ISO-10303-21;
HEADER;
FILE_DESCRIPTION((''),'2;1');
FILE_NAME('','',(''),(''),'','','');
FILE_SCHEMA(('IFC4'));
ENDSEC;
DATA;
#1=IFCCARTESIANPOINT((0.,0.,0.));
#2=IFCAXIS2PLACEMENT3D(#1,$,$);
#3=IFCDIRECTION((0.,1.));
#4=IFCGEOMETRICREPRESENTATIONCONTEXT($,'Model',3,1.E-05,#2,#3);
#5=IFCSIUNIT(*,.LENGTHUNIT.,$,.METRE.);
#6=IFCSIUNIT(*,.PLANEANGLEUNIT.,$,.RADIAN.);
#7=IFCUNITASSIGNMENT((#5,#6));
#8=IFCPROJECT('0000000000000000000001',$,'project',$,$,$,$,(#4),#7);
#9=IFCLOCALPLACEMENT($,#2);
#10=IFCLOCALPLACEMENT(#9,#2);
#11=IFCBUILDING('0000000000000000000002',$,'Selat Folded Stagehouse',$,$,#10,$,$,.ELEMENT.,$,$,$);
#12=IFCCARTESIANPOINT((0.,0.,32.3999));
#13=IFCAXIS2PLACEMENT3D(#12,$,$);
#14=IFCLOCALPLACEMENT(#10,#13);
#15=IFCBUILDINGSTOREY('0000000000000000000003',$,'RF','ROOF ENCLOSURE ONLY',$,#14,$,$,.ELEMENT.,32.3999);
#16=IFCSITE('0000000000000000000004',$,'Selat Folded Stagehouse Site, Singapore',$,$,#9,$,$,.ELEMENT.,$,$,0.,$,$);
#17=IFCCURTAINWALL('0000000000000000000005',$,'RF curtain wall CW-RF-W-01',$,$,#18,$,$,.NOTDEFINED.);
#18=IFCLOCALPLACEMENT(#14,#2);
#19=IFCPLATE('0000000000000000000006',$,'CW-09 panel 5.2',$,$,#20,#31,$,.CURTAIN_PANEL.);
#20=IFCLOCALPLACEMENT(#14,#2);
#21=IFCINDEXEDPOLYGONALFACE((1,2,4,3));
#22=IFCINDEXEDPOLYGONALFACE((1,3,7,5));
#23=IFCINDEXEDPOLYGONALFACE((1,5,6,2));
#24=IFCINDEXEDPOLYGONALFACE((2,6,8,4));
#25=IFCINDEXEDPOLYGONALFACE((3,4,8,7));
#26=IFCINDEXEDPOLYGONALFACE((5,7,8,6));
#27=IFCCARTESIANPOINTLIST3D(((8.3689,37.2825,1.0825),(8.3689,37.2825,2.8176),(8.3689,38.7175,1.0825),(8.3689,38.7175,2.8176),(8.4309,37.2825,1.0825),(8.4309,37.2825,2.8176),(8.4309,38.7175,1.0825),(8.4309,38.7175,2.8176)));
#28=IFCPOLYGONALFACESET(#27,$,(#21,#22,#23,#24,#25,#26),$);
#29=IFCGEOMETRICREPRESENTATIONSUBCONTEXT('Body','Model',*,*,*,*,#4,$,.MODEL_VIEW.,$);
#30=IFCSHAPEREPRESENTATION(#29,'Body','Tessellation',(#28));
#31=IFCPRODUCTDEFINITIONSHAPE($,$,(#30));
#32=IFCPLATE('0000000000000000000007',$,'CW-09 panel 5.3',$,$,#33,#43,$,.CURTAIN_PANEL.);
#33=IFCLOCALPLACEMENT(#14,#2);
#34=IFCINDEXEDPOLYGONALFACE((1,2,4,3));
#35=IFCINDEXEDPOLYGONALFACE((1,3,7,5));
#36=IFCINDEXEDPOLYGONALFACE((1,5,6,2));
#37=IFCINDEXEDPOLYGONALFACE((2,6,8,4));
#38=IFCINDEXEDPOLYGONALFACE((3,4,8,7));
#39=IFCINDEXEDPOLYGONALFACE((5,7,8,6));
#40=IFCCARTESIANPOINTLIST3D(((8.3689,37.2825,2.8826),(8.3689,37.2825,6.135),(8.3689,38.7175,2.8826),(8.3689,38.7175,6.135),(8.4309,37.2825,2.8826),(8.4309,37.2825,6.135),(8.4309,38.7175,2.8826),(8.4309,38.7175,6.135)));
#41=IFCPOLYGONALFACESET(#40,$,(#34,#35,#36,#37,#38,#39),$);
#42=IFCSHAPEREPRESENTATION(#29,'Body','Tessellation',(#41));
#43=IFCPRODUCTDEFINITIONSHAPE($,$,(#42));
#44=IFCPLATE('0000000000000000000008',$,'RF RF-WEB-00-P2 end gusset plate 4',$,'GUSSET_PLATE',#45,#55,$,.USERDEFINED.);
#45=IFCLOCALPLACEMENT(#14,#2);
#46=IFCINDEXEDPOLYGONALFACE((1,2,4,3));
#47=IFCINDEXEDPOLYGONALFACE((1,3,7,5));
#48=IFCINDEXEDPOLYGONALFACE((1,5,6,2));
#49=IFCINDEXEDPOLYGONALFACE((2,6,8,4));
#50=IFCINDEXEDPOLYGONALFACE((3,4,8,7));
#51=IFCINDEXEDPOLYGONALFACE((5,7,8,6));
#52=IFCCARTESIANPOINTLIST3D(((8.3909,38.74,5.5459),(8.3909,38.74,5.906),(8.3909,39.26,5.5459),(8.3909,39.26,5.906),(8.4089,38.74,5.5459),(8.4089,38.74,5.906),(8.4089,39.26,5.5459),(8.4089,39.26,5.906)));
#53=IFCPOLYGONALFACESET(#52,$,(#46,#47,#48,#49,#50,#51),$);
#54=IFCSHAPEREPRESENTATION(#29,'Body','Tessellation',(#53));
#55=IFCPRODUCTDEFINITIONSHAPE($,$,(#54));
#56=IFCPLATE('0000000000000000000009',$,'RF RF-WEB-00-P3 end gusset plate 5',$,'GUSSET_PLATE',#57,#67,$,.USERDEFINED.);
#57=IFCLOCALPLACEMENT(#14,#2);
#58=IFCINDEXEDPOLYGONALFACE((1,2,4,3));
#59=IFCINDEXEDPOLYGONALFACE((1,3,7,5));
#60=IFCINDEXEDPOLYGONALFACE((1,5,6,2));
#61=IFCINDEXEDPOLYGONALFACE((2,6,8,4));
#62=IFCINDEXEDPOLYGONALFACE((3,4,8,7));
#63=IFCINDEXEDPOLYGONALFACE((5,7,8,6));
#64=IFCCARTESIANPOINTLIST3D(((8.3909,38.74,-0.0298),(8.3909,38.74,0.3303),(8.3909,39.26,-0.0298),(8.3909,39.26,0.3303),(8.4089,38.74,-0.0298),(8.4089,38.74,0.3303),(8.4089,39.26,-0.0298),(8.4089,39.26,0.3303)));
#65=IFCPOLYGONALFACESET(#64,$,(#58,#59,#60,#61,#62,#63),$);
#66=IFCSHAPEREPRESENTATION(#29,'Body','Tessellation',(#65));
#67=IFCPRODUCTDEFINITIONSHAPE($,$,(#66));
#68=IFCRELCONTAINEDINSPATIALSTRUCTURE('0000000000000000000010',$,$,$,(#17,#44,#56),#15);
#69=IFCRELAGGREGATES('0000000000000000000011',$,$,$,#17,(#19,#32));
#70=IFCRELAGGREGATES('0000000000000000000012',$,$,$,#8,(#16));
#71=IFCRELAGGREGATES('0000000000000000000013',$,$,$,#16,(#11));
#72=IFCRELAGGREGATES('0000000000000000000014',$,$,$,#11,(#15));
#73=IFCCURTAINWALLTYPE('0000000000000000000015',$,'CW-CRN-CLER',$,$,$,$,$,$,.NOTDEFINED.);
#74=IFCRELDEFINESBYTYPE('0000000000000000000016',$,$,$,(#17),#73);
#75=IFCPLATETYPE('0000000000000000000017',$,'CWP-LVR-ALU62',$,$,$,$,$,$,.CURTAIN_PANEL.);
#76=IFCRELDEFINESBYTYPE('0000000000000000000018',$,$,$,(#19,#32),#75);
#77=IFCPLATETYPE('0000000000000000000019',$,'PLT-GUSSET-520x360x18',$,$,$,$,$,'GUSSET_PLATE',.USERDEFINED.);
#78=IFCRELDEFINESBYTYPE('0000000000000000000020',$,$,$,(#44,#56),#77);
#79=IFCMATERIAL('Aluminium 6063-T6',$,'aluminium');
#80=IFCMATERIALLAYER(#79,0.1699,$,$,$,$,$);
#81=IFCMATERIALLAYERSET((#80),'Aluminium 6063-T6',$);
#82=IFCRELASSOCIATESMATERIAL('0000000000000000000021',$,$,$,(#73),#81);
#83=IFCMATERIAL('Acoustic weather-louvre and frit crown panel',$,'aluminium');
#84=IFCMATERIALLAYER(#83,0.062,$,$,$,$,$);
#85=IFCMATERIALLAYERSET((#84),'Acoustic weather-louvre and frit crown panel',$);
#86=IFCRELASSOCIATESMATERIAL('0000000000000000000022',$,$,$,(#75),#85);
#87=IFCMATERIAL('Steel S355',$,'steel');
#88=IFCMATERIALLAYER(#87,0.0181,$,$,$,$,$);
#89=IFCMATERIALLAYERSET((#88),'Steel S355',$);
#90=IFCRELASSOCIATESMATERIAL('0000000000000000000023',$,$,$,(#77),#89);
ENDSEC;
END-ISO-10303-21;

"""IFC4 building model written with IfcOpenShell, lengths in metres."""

from ifc_helpers import new_model, si_unit, direction, frame, origin, origin_2d, place, context, subcontext, project, spatial, rectangle, extrude, material, layer, layer_set, type_object, element, aggregate, save


model = new_model("IFC4")

# Units and contexts
model_context = context("Model", 3, precision=1e-05, world=origin(), true_north=direction((0.0, 1.0)))
body_context = subcontext(model_context, "Body", "Model", "MODEL_VIEW")
ifc_project = project(units=[si_unit("LENGTHUNIT", "METRE"), si_unit("PLANEANGLEUNIT", "RADIAN")], contexts=[model_context])

# Site, building, storey
site_placement = place(None, origin())
site = spatial("IfcSite", under=ifc_project, at=site_placement, Name="Selat Folded Stagehouse Site, Singapore", CompositionType="ELEMENT", RefElevation=0.0)
building_placement = place(site_placement, origin())
building = spatial("IfcBuilding", under=site, at=building_placement, Name="Selat Folded Stagehouse", CompositionType="ELEMENT")
storey_placement = place(building_placement, frame((0.0, 0.0, 32.3999)))
storey = spatial("IfcBuildingStorey", under=building, at=storey_placement, Name="RF", Description="ROOF ENCLOSURE ONLY", CompositionType="ELEMENT", Elevation=32.3999)

# Shared definitions
ifc_material_1 = material(Name="Steel S355", Category="steel")

# Curtain wall
ifc_material_2 = material(Name="Aluminium 6063-T6", Category="aluminium")
ifc_layer_1 = layer(ifc_material_2, 0.1699)
ifc_layer_set_1 = layer_set([ifc_layer_1], Name="Aluminium 6063-T6")
curtain_wall_type = type_object("IfcCurtainWallType", Name="CW-CRN-CLER", PredefinedType="NOTDEFINED", material=ifc_layer_set_1)
curtain_wall_placement = place(storey_placement, origin())
curtain_wall = element("IfcCurtainWall", 1, at=curtain_wall_placement, inside=storey, type_object=curtain_wall_type, Name="RF curtain wall CW-RF-W-01", PredefinedType="NOTDEFINED")

# Plates
ifc_material_3 = material(Name="Acoustic weather-louvre and frit crown panel", Category="aluminium")
ifc_layer_2 = layer(ifc_material_3, 0.062)
ifc_layer_set_2 = layer_set([ifc_layer_2], Name="Acoustic weather-louvre and frit crown panel")
plate_type_1 = type_object("IfcPlateType", Name="CWP-LVR-ALU62", PredefinedType="CURTAIN_PANEL", material=ifc_layer_set_2)
plate_1_placement = place(storey_placement, frame((8.3999, 38.0, 1.0825), z_axis=(0.0, 0.0, 1.0), x_axis=(0.0, 1.0, 0.0)))
plate_1 = element("IfcPlate", 2, at=plate_1_placement, type_object=plate_type_1, Name="CW-09 panel 5.2", PredefinedType="CURTAIN_PANEL", context=body_context, shape_type="SweptSolid", body=[
    extrude(rectangle(XDim=1.4351, YDim=0.062, at=origin_2d()), origin(), (0.0, 0.0, 1.0), 1.7351),
])
plate_2_placement = place(storey_placement, frame((8.3999, 38.0, 2.8826), z_axis=(0.0, 0.0, 1.0), x_axis=(0.0, 1.0, 0.0)))
plate_2 = element("IfcPlate", 3, at=plate_2_placement, type_object=plate_type_1, Name="CW-09 panel 5.3", PredefinedType="CURTAIN_PANEL", context=body_context, shape_type="SweptSolid", body=[
    extrude(rectangle(XDim=1.4351, YDim=0.062, at=origin_2d()), origin(), (0.0, 0.0, 1.0), 3.2524),
])
aggregate(curtain_wall, [plate_1, plate_2])

# Plates
ifc_layer_3 = layer(ifc_material_1, 0.0181)
ifc_layer_set_3 = layer_set([ifc_layer_3], Name="Steel S355")
plate_type_2 = type_object("IfcPlateType", Name="PLT-GUSSET-520x360x18", ElementType="GUSSET_PLATE", PredefinedType="USERDEFINED", material=ifc_layer_set_3)
for number, where, z_axis, x_axis, name in (
    (4, (8.3999, 39.0, 5.5459), (0.0, 0.0, 1.0), (0.0, 1.0, 0.0), "RF RF-WEB-00-P2 end gusset plate 4"),
    (5, (8.3999, 39.0, -0.0298), (0.0, 0.0, 1.0), (0.0, 1.0, 0.0), "RF RF-WEB-00-P3 end gusset plate 5"),
):
    element("IfcPlate", number, at=place(storey_placement, frame(where, z_axis=z_axis, x_axis=x_axis)), inside=storey, type_object=plate_type_2, Name=name, ObjectType="GUSSET_PLATE", PredefinedType="USERDEFINED", context=body_context, shape_type="SweptSolid", body=[
        extrude(rectangle(XDim=0.52, YDim=0.0181, at=origin_2d()), origin(), (0.0, 0.0, 1.0), 0.3601),
    ])

save(model, "model.ifc")
